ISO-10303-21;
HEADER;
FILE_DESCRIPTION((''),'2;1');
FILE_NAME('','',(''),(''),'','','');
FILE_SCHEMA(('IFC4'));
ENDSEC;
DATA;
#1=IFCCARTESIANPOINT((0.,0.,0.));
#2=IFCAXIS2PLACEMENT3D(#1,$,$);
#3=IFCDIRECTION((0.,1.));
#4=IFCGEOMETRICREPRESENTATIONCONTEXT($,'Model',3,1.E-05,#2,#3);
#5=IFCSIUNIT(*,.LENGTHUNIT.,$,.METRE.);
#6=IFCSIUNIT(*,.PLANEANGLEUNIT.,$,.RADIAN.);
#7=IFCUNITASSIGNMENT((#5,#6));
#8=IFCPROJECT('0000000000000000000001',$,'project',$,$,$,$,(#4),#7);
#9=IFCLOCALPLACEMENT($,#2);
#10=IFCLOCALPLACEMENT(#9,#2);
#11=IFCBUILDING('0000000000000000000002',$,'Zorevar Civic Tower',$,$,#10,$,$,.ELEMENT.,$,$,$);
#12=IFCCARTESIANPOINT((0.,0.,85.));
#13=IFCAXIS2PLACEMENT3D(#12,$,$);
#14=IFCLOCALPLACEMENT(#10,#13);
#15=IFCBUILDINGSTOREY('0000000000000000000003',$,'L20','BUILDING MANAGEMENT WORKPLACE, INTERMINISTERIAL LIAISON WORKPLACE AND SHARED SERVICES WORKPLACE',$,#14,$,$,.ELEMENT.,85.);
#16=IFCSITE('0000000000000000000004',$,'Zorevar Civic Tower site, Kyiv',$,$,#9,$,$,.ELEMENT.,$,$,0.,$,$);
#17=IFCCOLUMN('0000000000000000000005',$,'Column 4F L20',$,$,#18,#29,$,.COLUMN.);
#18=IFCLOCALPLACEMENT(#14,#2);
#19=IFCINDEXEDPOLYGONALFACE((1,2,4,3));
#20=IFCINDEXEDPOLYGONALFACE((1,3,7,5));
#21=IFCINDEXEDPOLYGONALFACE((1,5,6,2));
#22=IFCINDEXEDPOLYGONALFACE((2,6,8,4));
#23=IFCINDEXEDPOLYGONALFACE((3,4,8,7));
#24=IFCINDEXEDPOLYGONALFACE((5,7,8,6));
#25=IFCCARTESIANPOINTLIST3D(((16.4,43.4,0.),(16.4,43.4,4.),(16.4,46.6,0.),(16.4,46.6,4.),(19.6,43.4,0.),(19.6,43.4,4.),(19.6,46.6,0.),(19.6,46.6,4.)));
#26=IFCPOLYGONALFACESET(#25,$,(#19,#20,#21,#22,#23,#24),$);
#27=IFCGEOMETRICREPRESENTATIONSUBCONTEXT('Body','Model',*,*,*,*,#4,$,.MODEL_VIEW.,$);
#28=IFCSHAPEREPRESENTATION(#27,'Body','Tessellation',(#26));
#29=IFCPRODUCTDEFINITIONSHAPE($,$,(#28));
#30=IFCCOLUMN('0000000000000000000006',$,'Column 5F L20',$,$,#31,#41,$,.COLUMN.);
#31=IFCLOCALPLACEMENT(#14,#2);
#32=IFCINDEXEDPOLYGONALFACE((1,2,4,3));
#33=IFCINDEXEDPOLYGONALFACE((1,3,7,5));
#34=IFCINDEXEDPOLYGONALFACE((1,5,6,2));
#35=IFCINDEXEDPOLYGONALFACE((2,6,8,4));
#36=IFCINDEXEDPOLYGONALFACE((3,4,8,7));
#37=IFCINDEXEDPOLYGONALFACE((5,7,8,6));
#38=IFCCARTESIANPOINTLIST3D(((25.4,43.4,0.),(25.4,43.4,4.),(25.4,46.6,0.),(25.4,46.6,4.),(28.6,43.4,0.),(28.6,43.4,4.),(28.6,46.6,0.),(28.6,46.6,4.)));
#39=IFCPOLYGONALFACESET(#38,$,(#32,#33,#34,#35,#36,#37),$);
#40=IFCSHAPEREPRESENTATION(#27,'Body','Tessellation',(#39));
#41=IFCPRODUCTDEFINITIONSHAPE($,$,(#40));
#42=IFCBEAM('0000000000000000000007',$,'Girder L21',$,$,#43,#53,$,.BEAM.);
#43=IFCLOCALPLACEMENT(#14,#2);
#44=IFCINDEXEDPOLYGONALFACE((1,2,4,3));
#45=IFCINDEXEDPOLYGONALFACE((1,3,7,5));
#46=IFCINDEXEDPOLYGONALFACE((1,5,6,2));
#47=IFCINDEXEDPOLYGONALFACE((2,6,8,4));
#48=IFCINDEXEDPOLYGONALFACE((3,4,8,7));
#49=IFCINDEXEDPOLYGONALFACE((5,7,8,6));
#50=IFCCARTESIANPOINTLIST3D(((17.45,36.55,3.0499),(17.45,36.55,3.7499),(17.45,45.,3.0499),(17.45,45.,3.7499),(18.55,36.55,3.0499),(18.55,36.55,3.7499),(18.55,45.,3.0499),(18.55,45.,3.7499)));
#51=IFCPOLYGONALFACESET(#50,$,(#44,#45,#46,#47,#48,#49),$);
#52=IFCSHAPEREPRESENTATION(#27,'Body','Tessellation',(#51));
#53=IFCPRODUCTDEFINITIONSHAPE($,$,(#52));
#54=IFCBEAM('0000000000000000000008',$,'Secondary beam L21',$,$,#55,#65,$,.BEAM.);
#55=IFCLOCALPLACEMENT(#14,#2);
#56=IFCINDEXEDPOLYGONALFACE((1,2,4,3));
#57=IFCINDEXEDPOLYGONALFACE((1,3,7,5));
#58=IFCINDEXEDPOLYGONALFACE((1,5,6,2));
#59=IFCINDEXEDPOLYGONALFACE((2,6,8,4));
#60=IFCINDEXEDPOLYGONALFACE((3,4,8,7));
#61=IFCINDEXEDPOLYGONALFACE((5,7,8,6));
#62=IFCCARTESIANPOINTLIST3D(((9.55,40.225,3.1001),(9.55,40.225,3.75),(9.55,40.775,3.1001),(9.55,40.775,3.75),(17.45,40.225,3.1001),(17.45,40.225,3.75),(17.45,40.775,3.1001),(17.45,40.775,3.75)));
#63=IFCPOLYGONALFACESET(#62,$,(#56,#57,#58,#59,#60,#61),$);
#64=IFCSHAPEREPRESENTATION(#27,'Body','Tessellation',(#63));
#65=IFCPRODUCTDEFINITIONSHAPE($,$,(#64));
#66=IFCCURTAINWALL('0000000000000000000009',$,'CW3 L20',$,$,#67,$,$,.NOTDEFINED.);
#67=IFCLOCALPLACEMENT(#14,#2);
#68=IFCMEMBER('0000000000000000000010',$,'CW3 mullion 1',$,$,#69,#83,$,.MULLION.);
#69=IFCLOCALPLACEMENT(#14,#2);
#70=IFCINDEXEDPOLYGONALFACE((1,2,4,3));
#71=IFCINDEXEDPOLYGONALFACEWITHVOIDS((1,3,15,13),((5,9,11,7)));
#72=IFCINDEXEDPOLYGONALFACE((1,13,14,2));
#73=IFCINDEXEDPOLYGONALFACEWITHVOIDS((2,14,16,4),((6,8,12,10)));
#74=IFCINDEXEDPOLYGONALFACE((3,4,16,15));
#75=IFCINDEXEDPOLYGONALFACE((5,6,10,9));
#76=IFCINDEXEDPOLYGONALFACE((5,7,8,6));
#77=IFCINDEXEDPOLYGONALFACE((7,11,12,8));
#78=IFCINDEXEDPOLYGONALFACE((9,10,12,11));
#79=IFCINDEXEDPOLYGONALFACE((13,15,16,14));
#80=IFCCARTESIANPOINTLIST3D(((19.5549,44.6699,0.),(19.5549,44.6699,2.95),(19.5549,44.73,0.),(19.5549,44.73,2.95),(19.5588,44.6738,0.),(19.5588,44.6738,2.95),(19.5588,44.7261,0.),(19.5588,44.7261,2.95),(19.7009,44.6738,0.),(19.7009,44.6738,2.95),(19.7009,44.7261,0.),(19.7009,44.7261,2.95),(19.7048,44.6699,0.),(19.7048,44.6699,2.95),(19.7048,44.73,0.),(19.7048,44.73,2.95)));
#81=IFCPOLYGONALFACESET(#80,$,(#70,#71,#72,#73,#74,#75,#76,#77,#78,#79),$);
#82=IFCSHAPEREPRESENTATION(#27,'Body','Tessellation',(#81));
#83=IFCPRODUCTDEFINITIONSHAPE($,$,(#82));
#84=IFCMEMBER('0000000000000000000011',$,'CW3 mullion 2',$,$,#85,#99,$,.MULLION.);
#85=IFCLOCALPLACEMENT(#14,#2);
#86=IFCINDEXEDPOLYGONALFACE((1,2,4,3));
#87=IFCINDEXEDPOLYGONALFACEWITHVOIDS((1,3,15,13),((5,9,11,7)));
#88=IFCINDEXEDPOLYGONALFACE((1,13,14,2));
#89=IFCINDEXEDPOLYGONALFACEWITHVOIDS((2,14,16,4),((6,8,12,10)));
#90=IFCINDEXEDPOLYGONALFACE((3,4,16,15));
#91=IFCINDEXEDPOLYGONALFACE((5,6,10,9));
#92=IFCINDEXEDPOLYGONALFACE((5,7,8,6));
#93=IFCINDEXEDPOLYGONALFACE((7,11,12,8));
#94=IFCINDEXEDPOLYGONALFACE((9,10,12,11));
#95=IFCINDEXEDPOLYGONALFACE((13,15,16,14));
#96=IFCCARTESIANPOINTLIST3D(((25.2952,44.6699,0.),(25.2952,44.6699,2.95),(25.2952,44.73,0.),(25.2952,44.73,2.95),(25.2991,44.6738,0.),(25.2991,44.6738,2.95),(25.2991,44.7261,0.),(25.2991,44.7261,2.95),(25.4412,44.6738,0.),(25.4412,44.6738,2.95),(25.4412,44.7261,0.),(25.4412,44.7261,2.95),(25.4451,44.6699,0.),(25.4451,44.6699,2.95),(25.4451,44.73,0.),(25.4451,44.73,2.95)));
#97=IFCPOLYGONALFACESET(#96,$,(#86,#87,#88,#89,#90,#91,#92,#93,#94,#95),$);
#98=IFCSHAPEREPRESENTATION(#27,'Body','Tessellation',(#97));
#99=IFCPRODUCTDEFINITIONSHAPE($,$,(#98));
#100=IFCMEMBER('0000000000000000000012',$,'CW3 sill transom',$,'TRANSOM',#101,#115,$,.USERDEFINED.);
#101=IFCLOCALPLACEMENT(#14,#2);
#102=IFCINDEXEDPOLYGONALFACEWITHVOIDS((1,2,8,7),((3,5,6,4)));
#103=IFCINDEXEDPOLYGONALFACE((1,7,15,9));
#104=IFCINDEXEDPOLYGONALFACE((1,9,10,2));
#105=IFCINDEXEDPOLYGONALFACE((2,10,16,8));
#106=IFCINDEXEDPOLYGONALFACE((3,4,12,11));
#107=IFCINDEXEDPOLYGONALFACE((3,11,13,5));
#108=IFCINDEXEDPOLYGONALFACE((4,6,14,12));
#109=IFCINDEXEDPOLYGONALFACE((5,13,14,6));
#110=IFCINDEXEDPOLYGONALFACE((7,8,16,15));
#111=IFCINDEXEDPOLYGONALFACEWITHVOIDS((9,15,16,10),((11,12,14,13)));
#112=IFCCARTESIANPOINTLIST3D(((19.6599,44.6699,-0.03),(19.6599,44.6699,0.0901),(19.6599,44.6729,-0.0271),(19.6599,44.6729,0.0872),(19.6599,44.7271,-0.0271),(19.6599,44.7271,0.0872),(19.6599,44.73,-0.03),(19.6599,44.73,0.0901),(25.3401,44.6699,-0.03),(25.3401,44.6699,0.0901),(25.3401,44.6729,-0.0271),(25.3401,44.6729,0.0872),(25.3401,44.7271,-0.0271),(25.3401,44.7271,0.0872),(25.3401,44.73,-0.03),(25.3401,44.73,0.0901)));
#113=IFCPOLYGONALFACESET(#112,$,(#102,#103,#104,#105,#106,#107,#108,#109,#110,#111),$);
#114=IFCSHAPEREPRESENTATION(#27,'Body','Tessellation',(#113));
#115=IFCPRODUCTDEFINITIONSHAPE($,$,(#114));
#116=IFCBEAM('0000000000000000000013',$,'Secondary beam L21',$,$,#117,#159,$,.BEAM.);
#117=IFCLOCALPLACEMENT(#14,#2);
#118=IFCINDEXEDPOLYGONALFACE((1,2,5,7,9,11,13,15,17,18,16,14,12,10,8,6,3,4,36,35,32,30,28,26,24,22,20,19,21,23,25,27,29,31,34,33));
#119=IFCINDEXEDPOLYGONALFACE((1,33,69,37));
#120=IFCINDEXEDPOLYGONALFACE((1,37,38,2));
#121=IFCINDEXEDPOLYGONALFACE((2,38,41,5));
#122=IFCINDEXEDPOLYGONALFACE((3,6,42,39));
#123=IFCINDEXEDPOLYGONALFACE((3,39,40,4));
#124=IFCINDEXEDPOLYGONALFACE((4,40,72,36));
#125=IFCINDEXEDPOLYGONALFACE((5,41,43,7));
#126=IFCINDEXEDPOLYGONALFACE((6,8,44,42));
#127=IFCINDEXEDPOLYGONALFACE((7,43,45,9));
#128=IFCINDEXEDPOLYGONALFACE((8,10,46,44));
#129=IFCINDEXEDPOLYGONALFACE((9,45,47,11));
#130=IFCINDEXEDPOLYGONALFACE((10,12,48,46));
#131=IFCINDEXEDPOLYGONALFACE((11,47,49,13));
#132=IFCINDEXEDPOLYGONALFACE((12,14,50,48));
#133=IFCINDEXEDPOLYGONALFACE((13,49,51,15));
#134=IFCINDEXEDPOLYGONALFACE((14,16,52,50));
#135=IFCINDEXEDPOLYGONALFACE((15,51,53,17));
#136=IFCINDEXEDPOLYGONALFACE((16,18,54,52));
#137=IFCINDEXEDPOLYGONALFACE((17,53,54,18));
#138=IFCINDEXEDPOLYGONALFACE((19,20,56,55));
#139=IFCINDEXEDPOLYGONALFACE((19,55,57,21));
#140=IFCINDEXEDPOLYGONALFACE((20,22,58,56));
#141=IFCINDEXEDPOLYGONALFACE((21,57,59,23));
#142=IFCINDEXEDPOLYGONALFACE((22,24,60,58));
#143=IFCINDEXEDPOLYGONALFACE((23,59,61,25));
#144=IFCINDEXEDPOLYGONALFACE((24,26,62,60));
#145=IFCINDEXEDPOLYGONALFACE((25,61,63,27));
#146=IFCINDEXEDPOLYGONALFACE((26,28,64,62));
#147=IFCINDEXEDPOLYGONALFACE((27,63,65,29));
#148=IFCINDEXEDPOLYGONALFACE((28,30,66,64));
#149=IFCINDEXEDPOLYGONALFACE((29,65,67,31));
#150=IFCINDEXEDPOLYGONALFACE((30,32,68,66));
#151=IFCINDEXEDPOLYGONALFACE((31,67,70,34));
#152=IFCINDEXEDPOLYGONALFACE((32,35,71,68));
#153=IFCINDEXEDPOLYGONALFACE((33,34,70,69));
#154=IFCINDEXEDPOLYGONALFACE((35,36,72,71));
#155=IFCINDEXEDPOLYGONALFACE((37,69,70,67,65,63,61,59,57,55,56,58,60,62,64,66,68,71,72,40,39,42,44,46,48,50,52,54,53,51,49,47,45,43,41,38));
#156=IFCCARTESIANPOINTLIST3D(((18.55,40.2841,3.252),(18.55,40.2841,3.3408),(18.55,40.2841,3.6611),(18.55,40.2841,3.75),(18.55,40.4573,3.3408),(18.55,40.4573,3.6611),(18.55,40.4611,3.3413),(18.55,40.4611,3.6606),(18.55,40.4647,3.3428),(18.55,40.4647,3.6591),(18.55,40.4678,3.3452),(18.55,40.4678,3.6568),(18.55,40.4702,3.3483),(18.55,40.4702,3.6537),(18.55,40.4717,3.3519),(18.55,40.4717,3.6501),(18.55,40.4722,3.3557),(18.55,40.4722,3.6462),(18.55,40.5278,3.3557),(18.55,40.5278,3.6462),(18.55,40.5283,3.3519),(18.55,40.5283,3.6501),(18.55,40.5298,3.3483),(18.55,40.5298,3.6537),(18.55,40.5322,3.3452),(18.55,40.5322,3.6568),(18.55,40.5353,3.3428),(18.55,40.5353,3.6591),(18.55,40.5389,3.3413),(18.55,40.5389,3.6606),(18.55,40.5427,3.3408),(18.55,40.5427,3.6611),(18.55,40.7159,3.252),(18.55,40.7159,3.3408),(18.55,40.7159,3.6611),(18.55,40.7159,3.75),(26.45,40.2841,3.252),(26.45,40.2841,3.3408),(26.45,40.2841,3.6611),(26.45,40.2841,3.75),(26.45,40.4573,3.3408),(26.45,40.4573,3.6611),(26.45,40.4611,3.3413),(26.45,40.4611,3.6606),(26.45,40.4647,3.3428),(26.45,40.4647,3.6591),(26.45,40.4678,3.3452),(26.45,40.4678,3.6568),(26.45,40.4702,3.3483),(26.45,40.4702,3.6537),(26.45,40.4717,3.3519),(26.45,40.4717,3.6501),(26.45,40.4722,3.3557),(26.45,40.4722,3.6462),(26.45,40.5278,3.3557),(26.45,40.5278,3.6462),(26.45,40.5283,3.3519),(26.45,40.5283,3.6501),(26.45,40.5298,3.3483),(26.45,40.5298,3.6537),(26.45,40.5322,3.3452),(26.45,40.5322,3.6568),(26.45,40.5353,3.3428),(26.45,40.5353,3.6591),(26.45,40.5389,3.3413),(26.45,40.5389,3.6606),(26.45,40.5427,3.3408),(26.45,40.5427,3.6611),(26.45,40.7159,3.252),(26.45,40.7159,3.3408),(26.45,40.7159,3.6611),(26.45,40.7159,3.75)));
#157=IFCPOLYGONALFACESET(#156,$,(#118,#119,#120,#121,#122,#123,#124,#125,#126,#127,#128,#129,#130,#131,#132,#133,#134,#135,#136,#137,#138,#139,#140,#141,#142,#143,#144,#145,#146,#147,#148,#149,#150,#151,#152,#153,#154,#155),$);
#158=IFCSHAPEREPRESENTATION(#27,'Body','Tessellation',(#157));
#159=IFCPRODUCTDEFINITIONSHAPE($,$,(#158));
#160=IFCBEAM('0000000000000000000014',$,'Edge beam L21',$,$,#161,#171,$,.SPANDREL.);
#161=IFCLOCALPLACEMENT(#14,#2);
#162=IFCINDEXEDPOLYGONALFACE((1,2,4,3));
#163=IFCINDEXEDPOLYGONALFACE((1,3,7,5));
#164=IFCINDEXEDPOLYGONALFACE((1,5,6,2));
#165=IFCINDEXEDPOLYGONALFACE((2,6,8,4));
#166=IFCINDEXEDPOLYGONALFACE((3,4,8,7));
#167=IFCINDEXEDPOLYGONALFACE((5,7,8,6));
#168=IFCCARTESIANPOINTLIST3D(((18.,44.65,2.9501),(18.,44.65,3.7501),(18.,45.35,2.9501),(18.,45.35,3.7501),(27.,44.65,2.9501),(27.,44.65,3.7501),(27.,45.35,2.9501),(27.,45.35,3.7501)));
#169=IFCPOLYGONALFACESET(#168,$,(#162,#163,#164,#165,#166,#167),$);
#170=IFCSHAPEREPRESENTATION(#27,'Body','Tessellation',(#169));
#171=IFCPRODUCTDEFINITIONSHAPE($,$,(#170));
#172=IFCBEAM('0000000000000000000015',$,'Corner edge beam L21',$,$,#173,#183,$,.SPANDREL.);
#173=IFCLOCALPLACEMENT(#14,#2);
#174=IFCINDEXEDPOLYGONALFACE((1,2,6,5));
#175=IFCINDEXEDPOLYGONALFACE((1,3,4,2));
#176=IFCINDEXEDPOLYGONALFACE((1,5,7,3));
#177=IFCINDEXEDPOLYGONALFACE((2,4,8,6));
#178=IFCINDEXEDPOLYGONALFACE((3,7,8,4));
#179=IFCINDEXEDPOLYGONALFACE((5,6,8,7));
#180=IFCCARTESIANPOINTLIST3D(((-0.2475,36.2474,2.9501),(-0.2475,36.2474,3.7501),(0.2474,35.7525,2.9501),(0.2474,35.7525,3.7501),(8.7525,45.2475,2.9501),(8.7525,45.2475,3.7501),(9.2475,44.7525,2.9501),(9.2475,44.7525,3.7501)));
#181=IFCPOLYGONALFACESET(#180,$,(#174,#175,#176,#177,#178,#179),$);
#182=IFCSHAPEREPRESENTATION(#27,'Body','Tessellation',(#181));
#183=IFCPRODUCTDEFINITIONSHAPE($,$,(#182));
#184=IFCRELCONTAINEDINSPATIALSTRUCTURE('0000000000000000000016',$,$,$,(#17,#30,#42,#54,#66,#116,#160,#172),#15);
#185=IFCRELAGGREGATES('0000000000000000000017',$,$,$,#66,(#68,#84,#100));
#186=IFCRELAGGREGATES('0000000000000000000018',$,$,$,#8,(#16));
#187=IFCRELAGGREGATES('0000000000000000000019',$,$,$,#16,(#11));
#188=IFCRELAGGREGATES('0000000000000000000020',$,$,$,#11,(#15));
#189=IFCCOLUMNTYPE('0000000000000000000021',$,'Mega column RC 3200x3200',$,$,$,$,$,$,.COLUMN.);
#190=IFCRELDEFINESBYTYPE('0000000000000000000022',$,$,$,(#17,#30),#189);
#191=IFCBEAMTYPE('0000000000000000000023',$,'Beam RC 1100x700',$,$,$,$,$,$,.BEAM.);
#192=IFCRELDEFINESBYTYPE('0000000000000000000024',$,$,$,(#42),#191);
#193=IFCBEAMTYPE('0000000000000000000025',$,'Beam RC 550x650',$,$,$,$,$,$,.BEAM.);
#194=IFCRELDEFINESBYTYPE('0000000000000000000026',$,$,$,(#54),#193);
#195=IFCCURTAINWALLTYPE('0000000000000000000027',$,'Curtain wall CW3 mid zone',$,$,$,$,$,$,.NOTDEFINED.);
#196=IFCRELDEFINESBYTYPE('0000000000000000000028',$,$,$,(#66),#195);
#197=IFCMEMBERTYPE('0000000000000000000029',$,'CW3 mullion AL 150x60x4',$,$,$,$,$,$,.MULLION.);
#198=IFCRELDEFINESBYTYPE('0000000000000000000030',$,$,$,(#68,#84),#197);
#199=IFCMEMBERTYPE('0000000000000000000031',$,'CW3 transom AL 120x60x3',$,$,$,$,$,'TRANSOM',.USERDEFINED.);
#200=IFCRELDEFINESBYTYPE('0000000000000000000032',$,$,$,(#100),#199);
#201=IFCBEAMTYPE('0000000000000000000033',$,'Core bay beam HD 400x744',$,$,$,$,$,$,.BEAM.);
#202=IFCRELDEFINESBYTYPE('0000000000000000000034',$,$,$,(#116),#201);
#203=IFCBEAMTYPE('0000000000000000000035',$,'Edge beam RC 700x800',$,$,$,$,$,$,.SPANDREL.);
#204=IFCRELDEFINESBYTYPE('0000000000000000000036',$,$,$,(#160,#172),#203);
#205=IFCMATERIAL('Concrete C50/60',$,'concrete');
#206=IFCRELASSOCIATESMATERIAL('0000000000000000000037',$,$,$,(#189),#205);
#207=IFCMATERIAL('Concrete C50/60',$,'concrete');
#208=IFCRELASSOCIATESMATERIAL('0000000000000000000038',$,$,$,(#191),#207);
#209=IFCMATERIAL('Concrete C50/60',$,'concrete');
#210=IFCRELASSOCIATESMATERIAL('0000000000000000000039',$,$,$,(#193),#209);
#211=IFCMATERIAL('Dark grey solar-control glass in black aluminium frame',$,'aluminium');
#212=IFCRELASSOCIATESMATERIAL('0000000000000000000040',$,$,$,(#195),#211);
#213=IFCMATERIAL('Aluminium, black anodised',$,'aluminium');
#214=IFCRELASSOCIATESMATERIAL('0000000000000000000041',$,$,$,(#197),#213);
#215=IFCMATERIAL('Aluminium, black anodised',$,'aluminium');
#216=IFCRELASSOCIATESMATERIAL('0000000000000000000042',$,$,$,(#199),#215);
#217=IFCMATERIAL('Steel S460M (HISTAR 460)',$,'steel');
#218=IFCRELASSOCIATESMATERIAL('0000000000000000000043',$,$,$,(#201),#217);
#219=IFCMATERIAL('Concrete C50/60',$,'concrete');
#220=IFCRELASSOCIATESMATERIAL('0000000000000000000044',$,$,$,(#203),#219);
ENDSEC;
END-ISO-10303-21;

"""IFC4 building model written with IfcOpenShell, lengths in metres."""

from ifc_helpers import new_model, si_unit, direction, frame, origin, origin_2d, place, context, subcontext, project, spatial, rectangle, hollow_rectangle, i_section, extrude, material, material_profile, profile_set, type_object, element, aggregate, save


model = new_model("IFC4")

# Units and contexts
model_context = context("Model", 3, precision=1e-05, world=origin(), true_north=direction((0.0, 1.0)))
body_context = subcontext(model_context, "Body", "Model", "MODEL_VIEW")
ifc_project = project(units=[si_unit("LENGTHUNIT", "METRE"), si_unit("PLANEANGLEUNIT", "RADIAN")], contexts=[model_context])

# Site, building, storey
site_placement = place(None, origin())
site = spatial("IfcSite", under=ifc_project, at=site_placement, Name="Zorevar Civic Tower site, Kyiv", CompositionType="ELEMENT", RefElevation=0.0)
building_placement = place(site_placement, origin())
building = spatial("IfcBuilding", under=site, at=building_placement, Name="Zorevar Civic Tower", CompositionType="ELEMENT")
storey_placement = place(building_placement, frame((0.0, 0.0, 85.0)))
storey = spatial("IfcBuildingStorey", under=building, at=storey_placement, Name="L20", Description="BUILDING MANAGEMENT WORKPLACE, INTERMINISTERIAL LIAISON WORKPLACE AND SHARED SERVICES WORKPLACE", CompositionType="ELEMENT", Elevation=85.0)

# Columns
ifc_material_1 = material(Name="Concrete C50/60", Category="concrete")
ifc_material_profile_1 = material_profile(ifc_material_1, rectangle(XDim=3.2, YDim=3.2, at=origin_2d()), Name="RC 3200x3200")
ifc_profile_set_1 = profile_set([ifc_material_profile_1], Name="Concrete C50/60")
column_type = type_object("IfcColumnType", Name="Mega column RC 3200x3200", PredefinedType="COLUMN", material=ifc_profile_set_1)
for number, where, z_axis, x_axis, name in (
    (1, (18.0, 45.0, 0.0), (0.0, 0.0, 1.0), (1.0, 0.0, 0.0), "Column 4F L20"),
    (2, (27.0, 45.0, 0.0), (0.0, 0.0, 1.0), (1.0, 0.0, 0.0), "Column 5F L20"),
):
    element("IfcColumn", number, at=place(storey_placement, frame(where, z_axis=z_axis, x_axis=x_axis)), inside=storey, type_object=column_type, Name=name, PredefinedType="COLUMN", context=body_context, shape_type="SweptSolid", body=[
        extrude(rectangle(XDim=3.2, YDim=3.2, at=origin_2d()), origin(), (0.0, 0.0, 1.0), 4.0),
    ])

# Beams
ifc_material_2 = material(Name="Concrete C50/60", Category="concrete")
ifc_material_profile_2 = material_profile(ifc_material_2, rectangle(XDim=1.1001, YDim=0.7, at=origin_2d()), Name="RC 1100x700")
ifc_profile_set_2 = profile_set([ifc_material_profile_2], Name="Concrete C50/60")
beam_type_1 = type_object("IfcBeamType", Name="Beam RC 1100x700", PredefinedType="BEAM", material=ifc_profile_set_2)
beam_1_placement = place(storey_placement, frame((18.0, 36.55, 3.3999), z_axis=(0.0, 1.0, 0.0), x_axis=(-1.0, 0.0, 0.0)))
element("IfcBeam", 3, at=beam_1_placement, inside=storey, type_object=beam_type_1, Name="Girder L21", PredefinedType="BEAM", context=body_context, shape_type="SweptSolid", body=[
    extrude(rectangle(XDim=1.1001, YDim=0.7, at=origin_2d()), origin(), (0.0, 0.0, 1.0), 8.45),
])
ifc_material_3 = material(Name="Concrete C50/60", Category="concrete")
ifc_material_profile_3 = material_profile(ifc_material_3, rectangle(XDim=0.55, YDim=0.6499, at=origin_2d()), Name="RC 550x650")
ifc_profile_set_3 = profile_set([ifc_material_profile_3], Name="Concrete C50/60")
beam_type_2 = type_object("IfcBeamType", Name="Beam RC 550x650", PredefinedType="BEAM", material=ifc_profile_set_3)
beam_2_placement = place(storey_placement, frame((9.55, 40.5, 3.425), z_axis=(1.0, 0.0, 0.0), x_axis=(0.0, 1.0, 0.0)))
element("IfcBeam", 4, at=beam_2_placement, inside=storey, type_object=beam_type_2, Name="Secondary beam L21", PredefinedType="BEAM", context=body_context, shape_type="SweptSolid", body=[
    extrude(rectangle(XDim=0.55, YDim=0.6499, at=origin_2d()), origin(), (0.0, 0.0, 1.0), 7.8999),
])

# Curtain wall, members
ifc_material_4 = material(Name="Dark grey solar-control glass in black aluminium frame", Category="aluminium")
curtain_wall_type = type_object("IfcCurtainWallType", Name="Curtain wall CW3 mid zone", PredefinedType="NOTDEFINED", material=ifc_material_4)
curtain_wall_placement = place(storey_placement, origin())
curtain_wall = element("IfcCurtainWall", 5, at=curtain_wall_placement, inside=storey, type_object=curtain_wall_type, Name="CW3 L20", PredefinedType="NOTDEFINED")
ifc_material_5 = material(Name="Aluminium, black anodised", Category="aluminium")
ifc_material_profile_4 = material_profile(ifc_material_5, hollow_rectangle(XDim=0.0601, YDim=0.1499, WallThickness=0.0039, at=origin_2d()), Name="AL 150x60x4")
ifc_profile_set_4 = profile_set([ifc_material_profile_4], Name="Aluminium, black anodised")
member_type_1 = type_object("IfcMemberType", Name="CW3 mullion AL 150x60x4", PredefinedType="MULLION", material=ifc_profile_set_4)
member_1_placement = place(storey_placement, frame((19.6299, 44.7, 0.0), z_axis=(0.0, 0.0, 1.0), x_axis=(0.0, 1.0, 0.0)))
member_1 = element("IfcMember", 6, at=member_1_placement, type_object=member_type_1, Name="CW3 mullion 1", PredefinedType="MULLION", context=body_context, shape_type="SweptSolid", body=[
    extrude(hollow_rectangle(XDim=0.0601, YDim=0.1499, WallThickness=0.0039, at=origin_2d()), origin(), (0.0, 0.0, 1.0), 2.95),
])
member_2_placement = place(storey_placement, frame((25.3701, 44.7, 0.0), z_axis=(0.0, 0.0, 1.0), x_axis=(0.0, 1.0, 0.0)))
member_2 = element("IfcMember", 7, at=member_2_placement, type_object=member_type_1, Name="CW3 mullion 2", PredefinedType="MULLION", context=body_context, shape_type="SweptSolid", body=[
    extrude(hollow_rectangle(XDim=0.0601, YDim=0.1499, WallThickness=0.0039, at=origin_2d()), origin(), (0.0, 0.0, 1.0), 2.95),
])
ifc_material_6 = material(Name="Aluminium, black anodised", Category="aluminium")
ifc_material_profile_5 = material_profile(ifc_material_6, hollow_rectangle(XDim=0.0601, YDim=0.1201, WallThickness=0.0029, at=origin_2d()), Name="AL 120x60x3")
ifc_profile_set_5 = profile_set([ifc_material_profile_5], Name="Aluminium, black anodised")
member_type_2 = type_object("IfcMemberType", Name="CW3 transom AL 120x60x3", ElementType="TRANSOM", PredefinedType="USERDEFINED", material=ifc_profile_set_5)
member_3_placement = place(storey_placement, frame((19.6599, 44.7, 0.03), z_axis=(1.0, 0.0, 0.0), x_axis=(0.0, 1.0, 0.0)))
member_3 = element("IfcMember", 8, at=member_3_placement, type_object=member_type_2, Name="CW3 sill transom", ObjectType="TRANSOM", PredefinedType="USERDEFINED", context=body_context, shape_type="SweptSolid", body=[
    extrude(hollow_rectangle(XDim=0.0601, YDim=0.1201, WallThickness=0.0029, at=origin_2d()), origin(), (0.0, 0.0, 1.0), 5.6802),
])

# Beams
ifc_material_7 = material(Name="Steel S460M (HISTAR 460)", Category="steel")
ifc_material_profile_6 = material_profile(ifc_material_7, i_section(OverallWidth=0.4319, OverallDepth=0.498, WebThickness=0.0557, FlangeThickness=0.0889, FilletRadius=0.0149, at=origin_2d()), Name="HD 400x744")
ifc_profile_set_6 = profile_set([ifc_material_profile_6], Name="Steel S460M (HISTAR 460)")
beam_type_3 = type_object("IfcBeamType", Name="Core bay beam HD 400x744", PredefinedType="BEAM", material=ifc_profile_set_6)
beam_3_placement = place(storey_placement, frame((18.55, 40.5, 3.501), z_axis=(1.0, 0.0, 0.0), x_axis=(0.0, 1.0, 0.0)))
element("IfcBeam", 9, at=beam_3_placement, inside=storey, type_object=beam_type_3, Name="Secondary beam L21", PredefinedType="BEAM", context=body_context, shape_type="SweptSolid", body=[
    extrude(i_section(OverallWidth=0.4319, OverallDepth=0.498, WebThickness=0.0557, FlangeThickness=0.0889, FilletRadius=0.0149, at=origin_2d()), origin(), (0.0, 0.0, 1.0), 7.8999),
])
ifc_material_8 = material(Name="Concrete C50/60", Category="concrete")
ifc_material_profile_7 = material_profile(ifc_material_8, rectangle(XDim=0.7, YDim=0.8, at=origin_2d()), Name="RC 700x800")
ifc_profile_set_7 = profile_set([ifc_material_profile_7], Name="Concrete C50/60")
beam_type_4 = type_object("IfcBeamType", Name="Edge beam RC 700x800", PredefinedType="SPANDREL", material=ifc_profile_set_7)
beam_4_placement = place(storey_placement, frame((18.0, 45.0, 3.3501), z_axis=(1.0, 0.0, 0.0), x_axis=(0.0, 1.0, 0.0)))
element("IfcBeam", 10, at=beam_4_placement, inside=storey, type_object=beam_type_4, Name="Edge beam L21", PredefinedType="SPANDREL", context=body_context, shape_type="SweptSolid", body=[
    extrude(rectangle(XDim=0.7, YDim=0.8, at=origin_2d()), origin(), (0.0, 0.0, 1.0), 9.0),
])
beam_5_placement = place(storey_placement, frame((9.0, 45.0, 3.3501), z_axis=(-0.707107, -0.707107, 0.0), x_axis=(0.707107, -0.707107, 0.0)))
element("IfcBeam", 11, at=beam_5_placement, inside=storey, type_object=beam_type_4, Name="Corner edge beam L21", PredefinedType="SPANDREL", context=body_context, shape_type="SweptSolid", body=[
    extrude(rectangle(XDim=0.7, YDim=0.8, at=origin_2d()), origin(), (0.0, 0.0, 1.0), 12.728),
])

aggregate(curtain_wall, [member_1, member_2, member_3])

save(model, "model.ifc")
